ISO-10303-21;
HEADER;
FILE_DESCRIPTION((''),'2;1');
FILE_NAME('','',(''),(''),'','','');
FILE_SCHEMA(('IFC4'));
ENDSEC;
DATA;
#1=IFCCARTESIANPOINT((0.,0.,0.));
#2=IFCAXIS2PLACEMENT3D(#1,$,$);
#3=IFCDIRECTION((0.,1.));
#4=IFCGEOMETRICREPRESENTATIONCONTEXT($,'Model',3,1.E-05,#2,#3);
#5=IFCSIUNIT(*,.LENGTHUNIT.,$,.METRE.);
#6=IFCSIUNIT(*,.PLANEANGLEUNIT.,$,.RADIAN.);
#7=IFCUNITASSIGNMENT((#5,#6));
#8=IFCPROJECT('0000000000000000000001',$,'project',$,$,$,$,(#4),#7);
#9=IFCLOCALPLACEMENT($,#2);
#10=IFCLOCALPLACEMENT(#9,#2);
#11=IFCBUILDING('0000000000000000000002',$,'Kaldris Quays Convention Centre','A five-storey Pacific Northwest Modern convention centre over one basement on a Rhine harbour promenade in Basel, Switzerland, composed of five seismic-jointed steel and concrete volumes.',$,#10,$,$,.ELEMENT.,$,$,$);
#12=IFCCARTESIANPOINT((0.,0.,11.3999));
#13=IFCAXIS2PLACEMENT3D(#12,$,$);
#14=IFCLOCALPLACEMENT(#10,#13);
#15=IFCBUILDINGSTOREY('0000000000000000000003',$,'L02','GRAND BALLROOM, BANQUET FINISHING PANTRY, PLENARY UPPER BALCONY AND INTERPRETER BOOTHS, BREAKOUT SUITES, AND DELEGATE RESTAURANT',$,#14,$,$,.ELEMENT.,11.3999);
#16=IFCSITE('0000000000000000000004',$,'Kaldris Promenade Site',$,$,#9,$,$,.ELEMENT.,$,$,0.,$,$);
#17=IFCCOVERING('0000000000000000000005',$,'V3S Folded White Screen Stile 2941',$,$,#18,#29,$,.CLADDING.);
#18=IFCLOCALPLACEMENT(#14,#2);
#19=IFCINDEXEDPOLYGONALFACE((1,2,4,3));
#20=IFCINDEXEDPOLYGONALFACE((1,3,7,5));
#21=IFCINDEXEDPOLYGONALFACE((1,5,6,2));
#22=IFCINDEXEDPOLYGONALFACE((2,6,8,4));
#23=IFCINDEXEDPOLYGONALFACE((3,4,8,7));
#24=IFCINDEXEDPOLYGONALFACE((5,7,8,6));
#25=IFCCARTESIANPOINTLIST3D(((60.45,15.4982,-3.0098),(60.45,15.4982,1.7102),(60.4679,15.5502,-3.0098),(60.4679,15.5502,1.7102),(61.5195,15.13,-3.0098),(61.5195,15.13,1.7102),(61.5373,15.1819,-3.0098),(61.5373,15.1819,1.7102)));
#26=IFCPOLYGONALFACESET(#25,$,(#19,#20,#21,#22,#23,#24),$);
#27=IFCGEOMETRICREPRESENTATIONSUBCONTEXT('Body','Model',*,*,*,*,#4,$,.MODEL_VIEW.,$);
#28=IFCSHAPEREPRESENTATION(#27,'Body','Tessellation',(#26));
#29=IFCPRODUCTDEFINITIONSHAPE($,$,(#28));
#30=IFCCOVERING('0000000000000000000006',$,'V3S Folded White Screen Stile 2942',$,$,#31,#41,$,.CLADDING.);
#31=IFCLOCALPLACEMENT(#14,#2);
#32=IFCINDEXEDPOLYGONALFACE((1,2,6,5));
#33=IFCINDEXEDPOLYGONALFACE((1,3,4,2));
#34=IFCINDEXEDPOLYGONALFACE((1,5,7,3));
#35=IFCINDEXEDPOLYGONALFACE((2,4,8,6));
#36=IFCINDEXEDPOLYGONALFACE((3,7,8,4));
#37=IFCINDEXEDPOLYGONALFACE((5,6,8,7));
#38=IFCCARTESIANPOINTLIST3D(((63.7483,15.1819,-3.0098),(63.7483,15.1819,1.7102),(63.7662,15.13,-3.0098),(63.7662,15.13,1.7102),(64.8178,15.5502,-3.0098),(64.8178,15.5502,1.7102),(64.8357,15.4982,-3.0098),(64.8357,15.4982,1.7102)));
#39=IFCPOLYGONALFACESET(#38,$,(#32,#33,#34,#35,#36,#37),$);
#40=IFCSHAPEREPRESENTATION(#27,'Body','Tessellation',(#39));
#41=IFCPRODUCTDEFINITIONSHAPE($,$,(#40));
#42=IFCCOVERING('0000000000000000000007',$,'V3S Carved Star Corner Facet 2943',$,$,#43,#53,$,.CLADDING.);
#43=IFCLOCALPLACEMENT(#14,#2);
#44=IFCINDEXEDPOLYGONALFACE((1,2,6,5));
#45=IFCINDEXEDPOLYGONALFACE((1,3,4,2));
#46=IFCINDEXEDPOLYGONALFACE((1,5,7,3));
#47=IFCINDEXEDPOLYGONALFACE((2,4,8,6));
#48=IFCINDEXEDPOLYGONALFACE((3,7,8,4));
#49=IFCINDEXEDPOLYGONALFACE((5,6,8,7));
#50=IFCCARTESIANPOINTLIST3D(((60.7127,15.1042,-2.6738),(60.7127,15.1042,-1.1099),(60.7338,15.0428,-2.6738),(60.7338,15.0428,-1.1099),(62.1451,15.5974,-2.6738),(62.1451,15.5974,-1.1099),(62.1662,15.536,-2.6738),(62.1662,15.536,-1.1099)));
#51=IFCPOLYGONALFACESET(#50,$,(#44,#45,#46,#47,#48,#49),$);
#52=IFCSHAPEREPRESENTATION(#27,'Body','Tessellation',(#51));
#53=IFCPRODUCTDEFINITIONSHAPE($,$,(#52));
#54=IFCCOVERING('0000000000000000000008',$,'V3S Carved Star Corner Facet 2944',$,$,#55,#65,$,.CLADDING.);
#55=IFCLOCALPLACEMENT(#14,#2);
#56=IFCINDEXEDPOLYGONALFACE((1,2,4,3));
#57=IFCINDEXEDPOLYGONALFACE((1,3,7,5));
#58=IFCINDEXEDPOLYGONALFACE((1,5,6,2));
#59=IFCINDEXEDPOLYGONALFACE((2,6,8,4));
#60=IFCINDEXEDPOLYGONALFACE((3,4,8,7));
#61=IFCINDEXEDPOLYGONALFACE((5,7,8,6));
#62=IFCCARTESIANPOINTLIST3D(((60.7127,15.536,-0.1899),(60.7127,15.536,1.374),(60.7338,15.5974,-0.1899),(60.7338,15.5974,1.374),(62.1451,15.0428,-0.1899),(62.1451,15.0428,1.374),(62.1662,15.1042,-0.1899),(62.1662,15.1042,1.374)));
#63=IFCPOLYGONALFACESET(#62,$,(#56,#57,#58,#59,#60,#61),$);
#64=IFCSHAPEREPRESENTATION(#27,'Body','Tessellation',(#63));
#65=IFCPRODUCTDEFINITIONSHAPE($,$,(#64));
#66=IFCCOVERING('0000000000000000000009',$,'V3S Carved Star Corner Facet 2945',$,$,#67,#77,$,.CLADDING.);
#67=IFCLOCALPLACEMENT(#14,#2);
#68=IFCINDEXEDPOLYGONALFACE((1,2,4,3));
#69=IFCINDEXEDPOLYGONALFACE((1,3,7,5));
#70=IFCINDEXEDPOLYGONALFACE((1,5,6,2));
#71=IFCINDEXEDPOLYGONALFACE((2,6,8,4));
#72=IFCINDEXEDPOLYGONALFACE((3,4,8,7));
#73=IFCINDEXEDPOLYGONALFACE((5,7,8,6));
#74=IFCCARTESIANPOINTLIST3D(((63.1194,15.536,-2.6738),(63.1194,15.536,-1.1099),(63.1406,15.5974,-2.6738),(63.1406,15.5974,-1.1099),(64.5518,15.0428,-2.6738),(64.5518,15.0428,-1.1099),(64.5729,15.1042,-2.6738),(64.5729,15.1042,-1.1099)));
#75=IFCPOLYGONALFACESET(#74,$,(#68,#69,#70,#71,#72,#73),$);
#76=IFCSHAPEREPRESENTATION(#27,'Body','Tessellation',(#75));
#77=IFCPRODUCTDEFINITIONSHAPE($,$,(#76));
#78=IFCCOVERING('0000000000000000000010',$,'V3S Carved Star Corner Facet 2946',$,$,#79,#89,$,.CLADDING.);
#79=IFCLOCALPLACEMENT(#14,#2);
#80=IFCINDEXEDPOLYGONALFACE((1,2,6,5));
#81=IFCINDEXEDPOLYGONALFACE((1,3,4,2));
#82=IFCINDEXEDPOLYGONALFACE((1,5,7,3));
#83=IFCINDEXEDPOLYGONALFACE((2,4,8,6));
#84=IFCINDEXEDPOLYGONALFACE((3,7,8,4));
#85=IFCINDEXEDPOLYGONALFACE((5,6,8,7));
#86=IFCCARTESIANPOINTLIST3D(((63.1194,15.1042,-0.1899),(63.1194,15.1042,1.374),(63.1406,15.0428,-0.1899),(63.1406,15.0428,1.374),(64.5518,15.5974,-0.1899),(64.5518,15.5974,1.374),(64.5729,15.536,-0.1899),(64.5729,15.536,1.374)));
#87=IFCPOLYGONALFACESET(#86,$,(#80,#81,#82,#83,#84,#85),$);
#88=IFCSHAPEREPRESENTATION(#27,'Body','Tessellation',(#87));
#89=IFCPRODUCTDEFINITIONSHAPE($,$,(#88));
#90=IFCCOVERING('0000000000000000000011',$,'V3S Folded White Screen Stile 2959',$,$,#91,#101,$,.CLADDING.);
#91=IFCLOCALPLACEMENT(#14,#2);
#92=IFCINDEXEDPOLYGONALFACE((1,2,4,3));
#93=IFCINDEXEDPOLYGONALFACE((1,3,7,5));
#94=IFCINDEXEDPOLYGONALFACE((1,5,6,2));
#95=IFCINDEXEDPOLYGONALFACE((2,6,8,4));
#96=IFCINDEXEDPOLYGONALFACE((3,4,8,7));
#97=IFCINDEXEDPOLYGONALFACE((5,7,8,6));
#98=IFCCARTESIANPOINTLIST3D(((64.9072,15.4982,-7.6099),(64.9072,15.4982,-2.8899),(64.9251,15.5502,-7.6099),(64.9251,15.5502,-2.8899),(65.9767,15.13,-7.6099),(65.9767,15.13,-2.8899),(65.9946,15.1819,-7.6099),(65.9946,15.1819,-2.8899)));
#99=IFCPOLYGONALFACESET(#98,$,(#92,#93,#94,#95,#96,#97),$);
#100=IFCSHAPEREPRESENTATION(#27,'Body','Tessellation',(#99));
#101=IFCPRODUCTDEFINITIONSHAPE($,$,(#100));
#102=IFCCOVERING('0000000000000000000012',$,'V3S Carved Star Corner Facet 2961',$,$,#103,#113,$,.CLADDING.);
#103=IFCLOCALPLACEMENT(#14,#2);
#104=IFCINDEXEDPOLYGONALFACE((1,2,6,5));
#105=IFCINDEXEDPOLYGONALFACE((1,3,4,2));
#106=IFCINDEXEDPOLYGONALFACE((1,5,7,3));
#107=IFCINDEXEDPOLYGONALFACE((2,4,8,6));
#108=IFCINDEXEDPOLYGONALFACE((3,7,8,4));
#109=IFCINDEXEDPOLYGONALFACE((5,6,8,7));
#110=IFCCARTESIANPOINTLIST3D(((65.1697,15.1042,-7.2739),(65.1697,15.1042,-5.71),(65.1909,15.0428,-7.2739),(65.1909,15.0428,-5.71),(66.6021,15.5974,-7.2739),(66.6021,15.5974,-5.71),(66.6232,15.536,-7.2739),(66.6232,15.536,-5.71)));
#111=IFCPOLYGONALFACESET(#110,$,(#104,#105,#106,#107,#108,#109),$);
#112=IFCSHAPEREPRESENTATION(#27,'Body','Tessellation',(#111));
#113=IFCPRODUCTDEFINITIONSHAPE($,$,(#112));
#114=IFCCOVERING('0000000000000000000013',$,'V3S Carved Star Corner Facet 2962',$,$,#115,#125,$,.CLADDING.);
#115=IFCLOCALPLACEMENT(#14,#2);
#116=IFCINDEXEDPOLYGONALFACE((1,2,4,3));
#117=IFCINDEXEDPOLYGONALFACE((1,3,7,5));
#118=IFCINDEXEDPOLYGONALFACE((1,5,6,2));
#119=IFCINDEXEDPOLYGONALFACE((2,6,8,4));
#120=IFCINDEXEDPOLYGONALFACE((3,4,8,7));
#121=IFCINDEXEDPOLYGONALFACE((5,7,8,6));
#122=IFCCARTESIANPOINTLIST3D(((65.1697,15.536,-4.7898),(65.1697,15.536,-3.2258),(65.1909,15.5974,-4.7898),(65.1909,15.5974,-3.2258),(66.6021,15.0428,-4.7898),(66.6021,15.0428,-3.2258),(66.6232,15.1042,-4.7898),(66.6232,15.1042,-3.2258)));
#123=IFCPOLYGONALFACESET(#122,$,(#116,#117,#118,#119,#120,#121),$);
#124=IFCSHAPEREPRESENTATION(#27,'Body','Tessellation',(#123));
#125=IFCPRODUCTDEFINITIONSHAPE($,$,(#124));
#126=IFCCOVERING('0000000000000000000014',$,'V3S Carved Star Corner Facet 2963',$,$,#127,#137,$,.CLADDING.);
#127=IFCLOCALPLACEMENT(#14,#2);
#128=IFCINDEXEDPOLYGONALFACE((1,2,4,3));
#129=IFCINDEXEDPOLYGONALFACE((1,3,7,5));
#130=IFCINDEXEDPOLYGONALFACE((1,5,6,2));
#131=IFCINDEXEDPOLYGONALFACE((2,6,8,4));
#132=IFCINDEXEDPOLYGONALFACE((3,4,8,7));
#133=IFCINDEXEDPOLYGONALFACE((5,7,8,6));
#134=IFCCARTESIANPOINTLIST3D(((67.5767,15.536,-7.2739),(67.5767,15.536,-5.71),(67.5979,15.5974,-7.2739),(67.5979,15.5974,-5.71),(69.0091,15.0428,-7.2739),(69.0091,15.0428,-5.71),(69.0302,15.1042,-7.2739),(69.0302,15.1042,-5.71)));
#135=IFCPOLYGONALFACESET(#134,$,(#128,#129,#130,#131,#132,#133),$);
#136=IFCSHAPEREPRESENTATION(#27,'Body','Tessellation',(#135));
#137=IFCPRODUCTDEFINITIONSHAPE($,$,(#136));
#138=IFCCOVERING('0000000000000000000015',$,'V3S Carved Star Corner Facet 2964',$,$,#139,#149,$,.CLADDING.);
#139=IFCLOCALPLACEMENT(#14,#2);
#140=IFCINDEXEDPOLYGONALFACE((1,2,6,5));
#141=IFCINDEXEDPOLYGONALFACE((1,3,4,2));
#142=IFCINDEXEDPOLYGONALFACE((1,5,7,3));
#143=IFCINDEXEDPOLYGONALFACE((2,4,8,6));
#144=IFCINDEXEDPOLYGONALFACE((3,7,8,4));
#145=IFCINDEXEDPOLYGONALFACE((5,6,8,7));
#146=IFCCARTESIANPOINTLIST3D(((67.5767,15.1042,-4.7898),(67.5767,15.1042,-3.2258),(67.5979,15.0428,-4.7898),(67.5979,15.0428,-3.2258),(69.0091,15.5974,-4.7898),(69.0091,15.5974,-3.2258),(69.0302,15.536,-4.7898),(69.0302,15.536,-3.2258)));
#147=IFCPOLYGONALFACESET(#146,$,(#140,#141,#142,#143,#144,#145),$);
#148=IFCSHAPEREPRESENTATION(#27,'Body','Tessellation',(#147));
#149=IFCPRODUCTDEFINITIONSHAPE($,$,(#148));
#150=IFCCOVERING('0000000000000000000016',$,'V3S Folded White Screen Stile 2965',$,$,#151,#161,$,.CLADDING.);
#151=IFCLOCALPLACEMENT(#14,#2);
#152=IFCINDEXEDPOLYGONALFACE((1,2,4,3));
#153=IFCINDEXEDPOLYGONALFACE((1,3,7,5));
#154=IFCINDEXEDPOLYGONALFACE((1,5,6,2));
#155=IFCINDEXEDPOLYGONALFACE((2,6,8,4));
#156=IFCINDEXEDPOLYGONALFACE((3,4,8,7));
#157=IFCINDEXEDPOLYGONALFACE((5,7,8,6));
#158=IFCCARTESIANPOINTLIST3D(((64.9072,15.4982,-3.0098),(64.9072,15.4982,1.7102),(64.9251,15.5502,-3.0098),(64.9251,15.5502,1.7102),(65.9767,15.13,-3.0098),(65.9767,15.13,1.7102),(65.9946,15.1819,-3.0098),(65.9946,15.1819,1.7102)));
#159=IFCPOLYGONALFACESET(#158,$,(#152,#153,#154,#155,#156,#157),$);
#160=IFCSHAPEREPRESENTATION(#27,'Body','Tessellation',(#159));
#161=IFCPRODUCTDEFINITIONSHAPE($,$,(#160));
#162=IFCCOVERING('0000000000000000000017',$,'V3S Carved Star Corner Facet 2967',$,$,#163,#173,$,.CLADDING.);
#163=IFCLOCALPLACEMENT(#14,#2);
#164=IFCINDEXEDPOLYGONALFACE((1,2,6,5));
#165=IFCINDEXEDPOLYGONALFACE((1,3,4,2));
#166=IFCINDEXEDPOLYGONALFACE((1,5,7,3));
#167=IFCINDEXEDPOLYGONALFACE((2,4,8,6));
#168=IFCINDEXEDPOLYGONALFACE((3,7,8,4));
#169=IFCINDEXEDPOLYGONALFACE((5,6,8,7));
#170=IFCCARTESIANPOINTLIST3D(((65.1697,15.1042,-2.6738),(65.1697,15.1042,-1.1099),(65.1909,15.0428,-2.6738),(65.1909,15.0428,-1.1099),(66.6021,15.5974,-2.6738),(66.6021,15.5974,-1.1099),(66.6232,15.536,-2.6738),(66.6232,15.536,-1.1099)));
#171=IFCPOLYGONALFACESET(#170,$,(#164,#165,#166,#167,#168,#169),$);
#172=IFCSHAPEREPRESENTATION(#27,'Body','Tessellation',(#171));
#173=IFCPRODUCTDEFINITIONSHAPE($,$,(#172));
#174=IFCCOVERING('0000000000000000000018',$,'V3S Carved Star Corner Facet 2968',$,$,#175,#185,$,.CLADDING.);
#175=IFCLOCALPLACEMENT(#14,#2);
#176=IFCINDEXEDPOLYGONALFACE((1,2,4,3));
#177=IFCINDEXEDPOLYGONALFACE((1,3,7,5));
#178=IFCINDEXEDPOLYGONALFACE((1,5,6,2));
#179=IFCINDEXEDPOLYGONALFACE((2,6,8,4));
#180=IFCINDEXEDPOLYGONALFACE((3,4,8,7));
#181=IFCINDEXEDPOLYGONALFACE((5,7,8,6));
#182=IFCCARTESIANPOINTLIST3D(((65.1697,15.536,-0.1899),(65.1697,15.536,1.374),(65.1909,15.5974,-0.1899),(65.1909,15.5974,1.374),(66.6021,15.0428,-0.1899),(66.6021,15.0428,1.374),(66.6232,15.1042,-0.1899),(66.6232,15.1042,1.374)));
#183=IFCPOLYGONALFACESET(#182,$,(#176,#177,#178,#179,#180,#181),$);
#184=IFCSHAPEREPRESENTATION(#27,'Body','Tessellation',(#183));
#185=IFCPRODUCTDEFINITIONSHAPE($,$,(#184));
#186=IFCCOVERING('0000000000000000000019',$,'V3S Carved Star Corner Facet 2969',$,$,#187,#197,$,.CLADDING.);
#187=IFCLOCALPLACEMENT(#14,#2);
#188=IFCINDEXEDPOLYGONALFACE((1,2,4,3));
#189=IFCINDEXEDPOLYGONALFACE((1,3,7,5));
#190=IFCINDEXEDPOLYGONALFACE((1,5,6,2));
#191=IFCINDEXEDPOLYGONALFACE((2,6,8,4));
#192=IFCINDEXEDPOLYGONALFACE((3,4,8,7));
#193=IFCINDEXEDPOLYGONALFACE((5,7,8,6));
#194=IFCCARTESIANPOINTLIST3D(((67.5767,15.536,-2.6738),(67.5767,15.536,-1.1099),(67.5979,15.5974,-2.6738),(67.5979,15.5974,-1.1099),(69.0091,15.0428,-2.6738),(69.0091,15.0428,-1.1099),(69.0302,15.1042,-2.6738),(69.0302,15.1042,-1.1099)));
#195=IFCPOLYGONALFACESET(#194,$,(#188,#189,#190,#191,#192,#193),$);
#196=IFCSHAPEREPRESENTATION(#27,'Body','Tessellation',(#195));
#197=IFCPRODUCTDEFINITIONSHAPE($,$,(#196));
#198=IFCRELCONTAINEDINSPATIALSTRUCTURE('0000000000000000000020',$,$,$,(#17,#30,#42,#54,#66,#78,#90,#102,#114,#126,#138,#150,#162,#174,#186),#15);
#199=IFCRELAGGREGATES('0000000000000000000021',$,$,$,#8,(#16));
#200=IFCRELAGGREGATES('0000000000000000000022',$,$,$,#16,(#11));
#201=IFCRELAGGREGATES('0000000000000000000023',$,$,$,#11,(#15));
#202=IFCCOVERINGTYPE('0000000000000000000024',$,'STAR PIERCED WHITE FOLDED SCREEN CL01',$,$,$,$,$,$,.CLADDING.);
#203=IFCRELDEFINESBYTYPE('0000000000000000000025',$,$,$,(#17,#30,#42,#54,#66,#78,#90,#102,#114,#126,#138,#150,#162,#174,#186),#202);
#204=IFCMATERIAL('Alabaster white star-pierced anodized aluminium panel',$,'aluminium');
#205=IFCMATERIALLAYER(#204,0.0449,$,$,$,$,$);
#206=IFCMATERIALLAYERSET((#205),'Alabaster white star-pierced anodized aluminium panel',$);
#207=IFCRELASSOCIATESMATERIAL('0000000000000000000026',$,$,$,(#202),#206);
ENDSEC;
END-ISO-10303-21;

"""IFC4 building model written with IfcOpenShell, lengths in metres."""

from ifc_helpers import new_model, si_unit, direction, frame, origin, origin_2d, place, context, subcontext, project, spatial, rectangle, extrude, material, layer, layer_set, type_object, element, save


model = new_model("IFC4")

# Units and contexts
model_context = context("Model", 3, precision=1e-05, world=origin(), true_north=direction((0.0, 1.0)))
body_context = subcontext(model_context, "Body", "Model", "MODEL_VIEW")
ifc_project = project(units=[si_unit("LENGTHUNIT", "METRE"), si_unit("PLANEANGLEUNIT", "RADIAN")], contexts=[model_context])

# Site, building, storey
site_placement = place(None, origin())
site = spatial("IfcSite", under=ifc_project, at=site_placement, Name="Kaldris Promenade Site", CompositionType="ELEMENT", RefElevation=0.0)
building_placement = place(site_placement, origin())
building = spatial("IfcBuilding", under=site, at=building_placement, Name="Kaldris Quays Convention Centre", Description="A five-storey Pacific Northwest Modern convention centre over one basement on a Rhine harbour promenade in Basel, Switzerland, composed of five seismic-jointed steel and concrete volumes.", CompositionType="ELEMENT")
storey_placement = place(building_placement, frame((0.0, 0.0, 11.3999)))
storey = spatial("IfcBuildingStorey", under=building, at=storey_placement, Name="L02", Description="GRAND BALLROOM, BANQUET FINISHING PANTRY, PLENARY UPPER BALCONY AND INTERPRETER BOOTHS, BREAKOUT SUITES, AND DELEGATE RESTAURANT", CompositionType="ELEMENT", Elevation=11.3999)

# Coverings
ifc_material = material(Name="Alabaster white star-pierced anodized aluminium panel", Category="aluminium")
ifc_layer = layer(ifc_material, 0.0449)
ifc_layer_set = layer_set([ifc_layer], Name="Alabaster white star-pierced anodized aluminium panel")
covering_type = type_object("IfcCoveringType", Name="STAR PIERCED WHITE FOLDED SCREEN CL01", PredefinedType="CLADDING", material=ifc_layer_set)
for number, where, z_axis, x_axis, name in (
    (1, (60.9937, 15.3401, -3.0098), (0.0, 0.0, 1.0), (0.945519, -0.325568, 0.0), "V3S Folded White Screen Stile 2941"),
    (2, (64.292, 15.3401, -3.0098), (0.0, 0.0, 1.0), (0.945519, 0.325568, 0.0), "V3S Folded White Screen Stile 2942"),
):
    element("IfcCovering", number, at=place(storey_placement, frame(where, z_axis=z_axis, x_axis=x_axis)), inside=storey, type_object=covering_type, Name=name, PredefinedType="CLADDING", context=body_context, shape_type="SweptSolid", body=[
        extrude(rectangle(XDim=1.1311, YDim=0.0549, at=origin_2d()), origin(), (0.0, 0.0, 1.0), 4.72),
    ])
for number, where, z_axis, x_axis, name in (
    (3, (61.4395, 15.3201, -2.6738), (0.0, 0.0, 1.0), (0.945519, 0.325568, 0.0), "V3S Carved Star Corner Facet 2943"),
    (4, (61.4395, 15.3201, -0.1899), (0.0, 0.0, 1.0), (0.945519, -0.325568, 0.0), "V3S Carved Star Corner Facet 2944"),
    (5, (63.8462, 15.3201, -2.6738), (0.0, 0.0, 1.0), (0.945519, -0.325568, 0.0), "V3S Carved Star Corner Facet 2945"),
    (6, (63.8462, 15.3201, -0.1899), (0.0, 0.0, 1.0), (0.945519, 0.325568, 0.0), "V3S Carved Star Corner Facet 2946"),
):
    element("IfcCovering", number, at=place(storey_placement, frame(where, z_axis=z_axis, x_axis=x_axis)), inside=storey, type_object=covering_type, Name=name, PredefinedType="CLADDING", context=body_context, shape_type="SweptSolid", body=[
        extrude(rectangle(XDim=1.5149, YDim=0.0649, at=origin_2d()), origin(), (0.0, 0.0, 1.0), 1.564),
    ])
covering_1_placement = place(storey_placement, frame((65.4509, 15.3401, -7.6099), z_axis=(0.0, 0.0, 1.0), x_axis=(0.945519, -0.325568, 0.0)))
element("IfcCovering", 7, at=covering_1_placement, inside=storey, type_object=covering_type, Name="V3S Folded White Screen Stile 2959", PredefinedType="CLADDING", context=body_context, shape_type="SweptSolid", body=[
    extrude(rectangle(XDim=1.1311, YDim=0.0549, at=origin_2d()), origin(), (0.0, 0.0, 1.0), 4.72),
])
for number, where, z_axis, x_axis, name in (
    (8, (65.8965, 15.3201, -7.2739), (0.0, 0.0, 1.0), (0.945519, 0.325568, 0.0), "V3S Carved Star Corner Facet 2961"),
    (9, (65.8965, 15.3201, -4.7898), (0.0, 0.0, 1.0), (0.945519, -0.325568, 0.0), "V3S Carved Star Corner Facet 2962"),
    (10, (68.3035, 15.3201, -7.2739), (0.0, 0.0, 1.0), (0.945519, -0.325568, 0.0), "V3S Carved Star Corner Facet 2963"),
    (11, (68.3035, 15.3201, -4.7898), (0.0, 0.0, 1.0), (0.945519, 0.325568, 0.0), "V3S Carved Star Corner Facet 2964"),
):
    element("IfcCovering", number, at=place(storey_placement, frame(where, z_axis=z_axis, x_axis=x_axis)), inside=storey, type_object=covering_type, Name=name, PredefinedType="CLADDING", context=body_context, shape_type="SweptSolid", body=[
        extrude(rectangle(XDim=1.5149, YDim=0.0649, at=origin_2d()), origin(), (0.0, 0.0, 1.0), 1.564),
    ])
covering_2_placement = place(storey_placement, frame((65.4509, 15.3401, -3.0098), z_axis=(0.0, 0.0, 1.0), x_axis=(0.945519, -0.325568, 0.0)))
element("IfcCovering", 12, at=covering_2_placement, inside=storey, type_object=covering_type, Name="V3S Folded White Screen Stile 2965", PredefinedType="CLADDING", context=body_context, shape_type="SweptSolid", body=[
    extrude(rectangle(XDim=1.1311, YDim=0.0549, at=origin_2d()), origin(), (0.0, 0.0, 1.0), 4.72),
])
for number, where, z_axis, x_axis, name in (
    (13, (65.8965, 15.3201, -2.6738), (0.0, 0.0, 1.0), (0.945519, 0.325568, 0.0), "V3S Carved Star Corner Facet 2967"),
    (14, (65.8965, 15.3201, -0.1899), (0.0, 0.0, 1.0), (0.945519, -0.325568, 0.0), "V3S Carved Star Corner Facet 2968"),
    (15, (68.3035, 15.3201, -2.6738), (0.0, 0.0, 1.0), (0.945519, -0.325568, 0.0), "V3S Carved Star Corner Facet 2969"),
):
    element("IfcCovering", number, at=place(storey_placement, frame(where, z_axis=z_axis, x_axis=x_axis)), inside=storey, type_object=covering_type, Name=name, PredefinedType="CLADDING", context=body_context, shape_type="SweptSolid", body=[
        extrude(rectangle(XDim=1.5149, YDim=0.0649, at=origin_2d()), origin(), (0.0, 0.0, 1.0), 1.564),
    ])

save(model, "model.ifc")
